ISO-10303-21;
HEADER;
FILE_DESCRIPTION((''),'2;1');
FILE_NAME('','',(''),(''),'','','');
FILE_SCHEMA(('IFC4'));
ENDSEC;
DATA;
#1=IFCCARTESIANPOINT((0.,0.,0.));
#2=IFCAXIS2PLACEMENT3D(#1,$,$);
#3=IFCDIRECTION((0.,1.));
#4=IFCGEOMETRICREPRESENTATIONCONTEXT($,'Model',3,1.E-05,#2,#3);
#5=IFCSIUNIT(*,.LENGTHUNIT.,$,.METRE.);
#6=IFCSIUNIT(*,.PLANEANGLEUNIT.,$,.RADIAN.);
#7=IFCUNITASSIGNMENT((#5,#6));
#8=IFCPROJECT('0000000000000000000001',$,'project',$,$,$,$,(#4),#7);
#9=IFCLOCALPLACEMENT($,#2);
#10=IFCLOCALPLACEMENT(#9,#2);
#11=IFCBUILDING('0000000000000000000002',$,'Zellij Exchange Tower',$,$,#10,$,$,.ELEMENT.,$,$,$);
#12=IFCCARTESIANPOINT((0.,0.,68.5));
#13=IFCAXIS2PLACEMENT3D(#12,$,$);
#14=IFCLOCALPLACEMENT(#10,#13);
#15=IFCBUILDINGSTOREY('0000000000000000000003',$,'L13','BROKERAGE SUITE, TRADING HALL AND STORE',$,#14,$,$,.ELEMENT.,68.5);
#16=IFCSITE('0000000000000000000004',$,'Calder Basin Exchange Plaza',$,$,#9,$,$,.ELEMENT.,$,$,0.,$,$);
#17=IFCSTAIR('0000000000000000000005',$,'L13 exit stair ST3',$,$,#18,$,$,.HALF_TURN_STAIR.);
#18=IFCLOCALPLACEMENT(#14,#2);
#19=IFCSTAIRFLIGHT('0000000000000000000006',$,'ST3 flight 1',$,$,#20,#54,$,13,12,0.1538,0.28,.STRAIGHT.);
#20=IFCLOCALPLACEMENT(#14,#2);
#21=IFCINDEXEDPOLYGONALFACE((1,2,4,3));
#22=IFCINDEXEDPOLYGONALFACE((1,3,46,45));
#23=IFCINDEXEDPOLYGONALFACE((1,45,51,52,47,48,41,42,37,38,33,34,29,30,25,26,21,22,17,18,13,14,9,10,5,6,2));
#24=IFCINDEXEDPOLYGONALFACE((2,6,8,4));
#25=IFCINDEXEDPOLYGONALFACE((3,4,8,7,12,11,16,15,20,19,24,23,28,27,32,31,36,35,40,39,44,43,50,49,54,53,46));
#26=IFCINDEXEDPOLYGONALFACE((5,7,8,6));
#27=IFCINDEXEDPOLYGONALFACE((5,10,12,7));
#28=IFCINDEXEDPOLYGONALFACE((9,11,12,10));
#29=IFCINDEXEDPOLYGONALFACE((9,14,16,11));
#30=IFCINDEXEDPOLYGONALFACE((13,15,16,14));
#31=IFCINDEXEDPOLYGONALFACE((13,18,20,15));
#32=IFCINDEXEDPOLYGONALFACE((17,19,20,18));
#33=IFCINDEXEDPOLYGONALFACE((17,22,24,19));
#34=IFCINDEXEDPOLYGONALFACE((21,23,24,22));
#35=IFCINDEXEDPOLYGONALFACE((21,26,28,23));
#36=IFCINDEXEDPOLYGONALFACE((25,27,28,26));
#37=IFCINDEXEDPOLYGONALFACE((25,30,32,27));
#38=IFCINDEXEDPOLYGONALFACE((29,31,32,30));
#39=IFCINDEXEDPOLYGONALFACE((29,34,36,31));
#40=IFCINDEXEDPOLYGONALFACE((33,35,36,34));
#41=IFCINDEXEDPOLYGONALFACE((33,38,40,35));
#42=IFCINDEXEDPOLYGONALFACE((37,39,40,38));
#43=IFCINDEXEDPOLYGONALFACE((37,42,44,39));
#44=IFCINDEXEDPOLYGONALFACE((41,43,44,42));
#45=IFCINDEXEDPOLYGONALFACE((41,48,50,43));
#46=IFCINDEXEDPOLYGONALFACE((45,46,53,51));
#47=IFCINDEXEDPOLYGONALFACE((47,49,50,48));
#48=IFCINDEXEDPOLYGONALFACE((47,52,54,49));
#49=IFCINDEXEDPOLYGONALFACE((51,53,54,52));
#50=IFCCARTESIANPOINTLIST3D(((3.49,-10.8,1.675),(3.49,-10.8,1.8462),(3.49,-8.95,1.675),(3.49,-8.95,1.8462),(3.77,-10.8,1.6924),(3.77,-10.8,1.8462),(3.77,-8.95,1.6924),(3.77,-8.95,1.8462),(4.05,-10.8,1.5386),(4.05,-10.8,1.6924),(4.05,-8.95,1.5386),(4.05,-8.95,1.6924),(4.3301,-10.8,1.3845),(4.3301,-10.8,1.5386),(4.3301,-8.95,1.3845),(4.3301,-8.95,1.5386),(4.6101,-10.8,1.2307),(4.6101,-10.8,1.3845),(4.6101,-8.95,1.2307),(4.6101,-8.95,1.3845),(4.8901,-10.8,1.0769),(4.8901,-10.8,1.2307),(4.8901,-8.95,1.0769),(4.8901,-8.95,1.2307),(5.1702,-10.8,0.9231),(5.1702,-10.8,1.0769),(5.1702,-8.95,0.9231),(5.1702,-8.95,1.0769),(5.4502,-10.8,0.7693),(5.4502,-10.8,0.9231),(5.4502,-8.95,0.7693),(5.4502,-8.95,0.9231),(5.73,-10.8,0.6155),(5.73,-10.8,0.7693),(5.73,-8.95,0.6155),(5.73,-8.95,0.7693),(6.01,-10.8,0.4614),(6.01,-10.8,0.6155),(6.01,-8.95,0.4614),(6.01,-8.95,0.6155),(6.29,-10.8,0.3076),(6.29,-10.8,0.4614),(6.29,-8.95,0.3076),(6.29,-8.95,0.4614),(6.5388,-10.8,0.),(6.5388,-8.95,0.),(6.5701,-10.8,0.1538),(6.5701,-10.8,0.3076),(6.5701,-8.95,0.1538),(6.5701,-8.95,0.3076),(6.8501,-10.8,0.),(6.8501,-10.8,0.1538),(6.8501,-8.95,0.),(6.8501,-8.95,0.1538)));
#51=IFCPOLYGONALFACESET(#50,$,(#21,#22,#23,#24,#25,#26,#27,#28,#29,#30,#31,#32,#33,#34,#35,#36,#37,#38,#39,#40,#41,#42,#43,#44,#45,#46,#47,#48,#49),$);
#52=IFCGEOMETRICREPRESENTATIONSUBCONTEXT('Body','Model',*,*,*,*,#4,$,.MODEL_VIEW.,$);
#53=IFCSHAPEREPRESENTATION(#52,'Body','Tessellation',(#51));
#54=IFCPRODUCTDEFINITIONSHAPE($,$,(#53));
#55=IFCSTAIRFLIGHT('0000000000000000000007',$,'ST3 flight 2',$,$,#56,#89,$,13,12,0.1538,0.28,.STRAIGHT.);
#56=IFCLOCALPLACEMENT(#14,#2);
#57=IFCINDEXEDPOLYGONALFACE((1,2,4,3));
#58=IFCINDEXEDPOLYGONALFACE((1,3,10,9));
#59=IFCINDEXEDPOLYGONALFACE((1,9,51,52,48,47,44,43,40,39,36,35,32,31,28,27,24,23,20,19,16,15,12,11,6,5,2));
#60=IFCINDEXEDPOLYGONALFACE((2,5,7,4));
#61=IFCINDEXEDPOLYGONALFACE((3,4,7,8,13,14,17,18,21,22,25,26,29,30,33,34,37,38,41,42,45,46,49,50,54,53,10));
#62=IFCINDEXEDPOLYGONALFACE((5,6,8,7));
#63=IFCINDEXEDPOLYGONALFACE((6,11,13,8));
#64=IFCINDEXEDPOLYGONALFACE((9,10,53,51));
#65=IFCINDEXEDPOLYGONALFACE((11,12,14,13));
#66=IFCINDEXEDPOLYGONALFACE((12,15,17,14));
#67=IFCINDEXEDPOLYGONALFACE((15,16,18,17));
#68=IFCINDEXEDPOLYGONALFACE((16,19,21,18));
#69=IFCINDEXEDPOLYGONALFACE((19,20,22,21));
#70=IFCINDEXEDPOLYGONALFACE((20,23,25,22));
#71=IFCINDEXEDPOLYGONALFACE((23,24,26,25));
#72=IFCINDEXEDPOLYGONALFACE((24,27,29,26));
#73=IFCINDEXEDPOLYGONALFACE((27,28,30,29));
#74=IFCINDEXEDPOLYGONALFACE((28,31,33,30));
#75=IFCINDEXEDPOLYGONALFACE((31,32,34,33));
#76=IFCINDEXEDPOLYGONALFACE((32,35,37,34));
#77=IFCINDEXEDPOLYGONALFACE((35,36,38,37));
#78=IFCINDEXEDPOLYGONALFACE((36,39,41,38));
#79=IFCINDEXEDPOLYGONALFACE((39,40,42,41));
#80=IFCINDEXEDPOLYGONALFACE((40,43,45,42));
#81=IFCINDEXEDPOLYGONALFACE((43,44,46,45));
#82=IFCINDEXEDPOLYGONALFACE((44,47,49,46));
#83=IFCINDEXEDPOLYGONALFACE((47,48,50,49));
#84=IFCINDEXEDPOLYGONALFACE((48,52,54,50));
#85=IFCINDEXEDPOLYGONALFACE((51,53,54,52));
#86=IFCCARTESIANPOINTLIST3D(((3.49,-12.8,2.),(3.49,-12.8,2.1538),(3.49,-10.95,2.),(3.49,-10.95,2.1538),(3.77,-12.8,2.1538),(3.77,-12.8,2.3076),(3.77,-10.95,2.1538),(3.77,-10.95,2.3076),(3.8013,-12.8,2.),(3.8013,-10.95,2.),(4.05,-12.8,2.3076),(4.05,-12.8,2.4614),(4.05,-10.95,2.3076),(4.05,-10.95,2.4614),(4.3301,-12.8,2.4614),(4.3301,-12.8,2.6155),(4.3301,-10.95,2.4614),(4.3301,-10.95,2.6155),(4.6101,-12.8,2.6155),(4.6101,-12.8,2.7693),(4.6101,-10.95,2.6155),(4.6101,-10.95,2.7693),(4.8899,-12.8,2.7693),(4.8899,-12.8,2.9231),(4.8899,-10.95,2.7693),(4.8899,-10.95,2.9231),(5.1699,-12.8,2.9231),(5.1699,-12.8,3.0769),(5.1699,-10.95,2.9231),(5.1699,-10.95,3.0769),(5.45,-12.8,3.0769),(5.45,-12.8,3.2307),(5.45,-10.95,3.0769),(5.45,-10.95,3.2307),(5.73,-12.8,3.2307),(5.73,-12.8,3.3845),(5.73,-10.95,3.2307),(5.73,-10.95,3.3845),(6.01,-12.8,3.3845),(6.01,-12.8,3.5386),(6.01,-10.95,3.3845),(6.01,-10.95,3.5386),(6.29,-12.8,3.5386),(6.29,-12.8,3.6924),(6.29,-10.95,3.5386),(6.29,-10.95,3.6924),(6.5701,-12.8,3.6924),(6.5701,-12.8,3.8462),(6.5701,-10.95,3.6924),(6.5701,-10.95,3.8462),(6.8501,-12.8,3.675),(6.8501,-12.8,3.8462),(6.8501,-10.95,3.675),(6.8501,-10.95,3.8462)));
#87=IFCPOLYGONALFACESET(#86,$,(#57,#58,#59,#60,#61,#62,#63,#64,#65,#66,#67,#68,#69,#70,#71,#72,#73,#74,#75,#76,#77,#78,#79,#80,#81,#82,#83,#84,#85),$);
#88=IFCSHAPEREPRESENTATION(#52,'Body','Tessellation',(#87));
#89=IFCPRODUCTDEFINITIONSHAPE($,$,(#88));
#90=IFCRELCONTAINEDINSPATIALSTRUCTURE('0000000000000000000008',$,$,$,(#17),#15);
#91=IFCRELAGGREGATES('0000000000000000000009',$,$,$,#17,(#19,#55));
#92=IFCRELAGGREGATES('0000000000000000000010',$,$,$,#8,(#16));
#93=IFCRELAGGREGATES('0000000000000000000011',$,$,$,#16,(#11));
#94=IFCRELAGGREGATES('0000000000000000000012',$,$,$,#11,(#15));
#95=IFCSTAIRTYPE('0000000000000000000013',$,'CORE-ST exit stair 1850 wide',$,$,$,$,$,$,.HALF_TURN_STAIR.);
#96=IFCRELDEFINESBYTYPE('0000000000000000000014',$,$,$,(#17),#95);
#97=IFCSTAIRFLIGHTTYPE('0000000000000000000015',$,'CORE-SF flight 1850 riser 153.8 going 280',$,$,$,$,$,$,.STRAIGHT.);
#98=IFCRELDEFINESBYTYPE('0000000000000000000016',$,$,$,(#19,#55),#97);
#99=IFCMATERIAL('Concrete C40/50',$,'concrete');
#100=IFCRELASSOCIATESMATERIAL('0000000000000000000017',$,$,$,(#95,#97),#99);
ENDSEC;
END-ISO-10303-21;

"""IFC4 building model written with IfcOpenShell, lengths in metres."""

from ifc_helpers import new_model, si_unit, direction, frame, origin, place, context, subcontext, project, spatial, polyline, outline, extrude, material, type_object, element, aggregate, save


model = new_model("IFC4")

# Units and contexts
model_context = context("Model", 3, precision=1e-05, world=origin(), true_north=direction((0.0, 1.0)))
body_context = subcontext(model_context, "Body", "Model", "MODEL_VIEW")
ifc_project = project(units=[si_unit("LENGTHUNIT", "METRE"), si_unit("PLANEANGLEUNIT", "RADIAN")], contexts=[model_context])

# Site, building, storey
site_placement = place(None, origin())
site = spatial("IfcSite", under=ifc_project, at=site_placement, Name="Calder Basin Exchange Plaza", CompositionType="ELEMENT", RefElevation=0.0)
building_placement = place(site_placement, origin())
building = spatial("IfcBuilding", under=site, at=building_placement, Name="Zellij Exchange Tower", CompositionType="ELEMENT")
storey_placement = place(building_placement, frame((0.0, 0.0, 68.5)))
storey = spatial("IfcBuildingStorey", under=building, at=storey_placement, Name="L13", Description="BROKERAGE SUITE, TRADING HALL AND STORE", CompositionType="ELEMENT", Elevation=68.5)

# Stair, stair flights
ifc_material_1 = material(Name="Concrete C40/50", Category="concrete")
stair_type = type_object("IfcStairType", Name="CORE-ST exit stair 1850 wide", PredefinedType="HALF_TURN_STAIR", material=ifc_material_1)
stair_placement = place(storey_placement, origin())
stair = element("IfcStair", 1, at=stair_placement, inside=storey, type_object=stair_type, Name="L13 exit stair ST3", PredefinedType="HALF_TURN_STAIR")
stair_flight_type = type_object("IfcStairFlightType", Name="CORE-SF flight 1850 riser 153.8 going 280", PredefinedType="STRAIGHT", material=ifc_material_1)
stair_flight_1_placement = place(storey_placement, frame((6.8501, -9.875, 0.0), z_axis=(0.0, 0.0, 1.0), x_axis=(-1.0, 0.0, 0.0)))
stair_flight_1 = element("IfcStairFlight", 2, at=stair_flight_1_placement, type_object=stair_flight_type, Name="ST3 flight 1", NumberOfRisers=13, NumberOfTreads=12, PredefinedType="STRAIGHT", RiserHeight=0.1538, TreadLength=0.28, context=body_context, shape_type="SweptSolid", body=[
    extrude(outline(polyline([(0.0, 0.0), (0.0, 0.1538), (0.28, 0.1538), (0.28, 0.3076), (0.5601, 0.3076), (0.5601, 0.4614), (0.8401, 0.4614), (0.8401, 0.6155), (1.1201, 0.6155), (1.1201, 0.7693), (1.3999, 0.7693), (1.3999, 0.9231), (1.6799, 0.9231), (1.6799, 1.0769), (1.96, 1.0769), (1.96, 1.2307), (2.24, 1.2307), (2.24, 1.3845), (2.52, 1.3845), (2.52, 1.5386), (2.8, 1.5386), (2.8, 1.6924), (3.0801, 1.6924), (3.0801, 1.8462), (3.3601, 1.8462), (3.3601, 2.0), (3.3601, 1.675), (0.3113, 0.0), (0.0, 0.0)])), frame((0.0, 0.925, 0.0), z_axis=(0.0, -1.0, 0.0), x_axis=(1.0, 0.0, 0.0)), (0.0, 0.0, 1.0), 1.8501),
])
stair_flight_2_placement = place(storey_placement, frame((3.49, -11.875, 2.0), z_axis=(0.0, 0.0, 1.0), x_axis=(1.0, 0.0, 0.0)))
stair_flight_2 = element("IfcStairFlight", 3, at=stair_flight_2_placement, type_object=stair_flight_type, Name="ST3 flight 2", NumberOfRisers=13, NumberOfTreads=12, PredefinedType="STRAIGHT", RiserHeight=0.1538, TreadLength=0.28, context=body_context, shape_type="SweptSolid", body=[
    extrude(outline(polyline([(0.0, 0.0), (0.0, 0.1538), (0.28, 0.1538), (0.28, 0.3076), (0.5601, 0.3076), (0.5601, 0.4614), (0.8401, 0.4614), (0.8401, 0.6155), (1.1201, 0.6155), (1.1201, 0.7693), (1.3999, 0.7693), (1.3999, 0.9231), (1.6799, 0.9231), (1.6799, 1.0769), (1.96, 1.0769), (1.96, 1.2307), (2.24, 1.2307), (2.24, 1.3845), (2.52, 1.3845), (2.52, 1.5386), (2.8, 1.5386), (2.8, 1.6924), (3.0801, 1.6924), (3.0801, 1.8462), (3.3601, 1.8462), (3.3601, 2.0), (3.3601, 1.675), (0.3113, 0.0), (0.0, 0.0)])), frame((0.0, 0.925, 0.0), z_axis=(0.0, -1.0, 0.0), x_axis=(1.0, 0.0, 0.0)), (0.0, 0.0, 1.0), 1.8501),
])
aggregate(stair, [stair_flight_1, stair_flight_2])

save(model, "model.ifc")
